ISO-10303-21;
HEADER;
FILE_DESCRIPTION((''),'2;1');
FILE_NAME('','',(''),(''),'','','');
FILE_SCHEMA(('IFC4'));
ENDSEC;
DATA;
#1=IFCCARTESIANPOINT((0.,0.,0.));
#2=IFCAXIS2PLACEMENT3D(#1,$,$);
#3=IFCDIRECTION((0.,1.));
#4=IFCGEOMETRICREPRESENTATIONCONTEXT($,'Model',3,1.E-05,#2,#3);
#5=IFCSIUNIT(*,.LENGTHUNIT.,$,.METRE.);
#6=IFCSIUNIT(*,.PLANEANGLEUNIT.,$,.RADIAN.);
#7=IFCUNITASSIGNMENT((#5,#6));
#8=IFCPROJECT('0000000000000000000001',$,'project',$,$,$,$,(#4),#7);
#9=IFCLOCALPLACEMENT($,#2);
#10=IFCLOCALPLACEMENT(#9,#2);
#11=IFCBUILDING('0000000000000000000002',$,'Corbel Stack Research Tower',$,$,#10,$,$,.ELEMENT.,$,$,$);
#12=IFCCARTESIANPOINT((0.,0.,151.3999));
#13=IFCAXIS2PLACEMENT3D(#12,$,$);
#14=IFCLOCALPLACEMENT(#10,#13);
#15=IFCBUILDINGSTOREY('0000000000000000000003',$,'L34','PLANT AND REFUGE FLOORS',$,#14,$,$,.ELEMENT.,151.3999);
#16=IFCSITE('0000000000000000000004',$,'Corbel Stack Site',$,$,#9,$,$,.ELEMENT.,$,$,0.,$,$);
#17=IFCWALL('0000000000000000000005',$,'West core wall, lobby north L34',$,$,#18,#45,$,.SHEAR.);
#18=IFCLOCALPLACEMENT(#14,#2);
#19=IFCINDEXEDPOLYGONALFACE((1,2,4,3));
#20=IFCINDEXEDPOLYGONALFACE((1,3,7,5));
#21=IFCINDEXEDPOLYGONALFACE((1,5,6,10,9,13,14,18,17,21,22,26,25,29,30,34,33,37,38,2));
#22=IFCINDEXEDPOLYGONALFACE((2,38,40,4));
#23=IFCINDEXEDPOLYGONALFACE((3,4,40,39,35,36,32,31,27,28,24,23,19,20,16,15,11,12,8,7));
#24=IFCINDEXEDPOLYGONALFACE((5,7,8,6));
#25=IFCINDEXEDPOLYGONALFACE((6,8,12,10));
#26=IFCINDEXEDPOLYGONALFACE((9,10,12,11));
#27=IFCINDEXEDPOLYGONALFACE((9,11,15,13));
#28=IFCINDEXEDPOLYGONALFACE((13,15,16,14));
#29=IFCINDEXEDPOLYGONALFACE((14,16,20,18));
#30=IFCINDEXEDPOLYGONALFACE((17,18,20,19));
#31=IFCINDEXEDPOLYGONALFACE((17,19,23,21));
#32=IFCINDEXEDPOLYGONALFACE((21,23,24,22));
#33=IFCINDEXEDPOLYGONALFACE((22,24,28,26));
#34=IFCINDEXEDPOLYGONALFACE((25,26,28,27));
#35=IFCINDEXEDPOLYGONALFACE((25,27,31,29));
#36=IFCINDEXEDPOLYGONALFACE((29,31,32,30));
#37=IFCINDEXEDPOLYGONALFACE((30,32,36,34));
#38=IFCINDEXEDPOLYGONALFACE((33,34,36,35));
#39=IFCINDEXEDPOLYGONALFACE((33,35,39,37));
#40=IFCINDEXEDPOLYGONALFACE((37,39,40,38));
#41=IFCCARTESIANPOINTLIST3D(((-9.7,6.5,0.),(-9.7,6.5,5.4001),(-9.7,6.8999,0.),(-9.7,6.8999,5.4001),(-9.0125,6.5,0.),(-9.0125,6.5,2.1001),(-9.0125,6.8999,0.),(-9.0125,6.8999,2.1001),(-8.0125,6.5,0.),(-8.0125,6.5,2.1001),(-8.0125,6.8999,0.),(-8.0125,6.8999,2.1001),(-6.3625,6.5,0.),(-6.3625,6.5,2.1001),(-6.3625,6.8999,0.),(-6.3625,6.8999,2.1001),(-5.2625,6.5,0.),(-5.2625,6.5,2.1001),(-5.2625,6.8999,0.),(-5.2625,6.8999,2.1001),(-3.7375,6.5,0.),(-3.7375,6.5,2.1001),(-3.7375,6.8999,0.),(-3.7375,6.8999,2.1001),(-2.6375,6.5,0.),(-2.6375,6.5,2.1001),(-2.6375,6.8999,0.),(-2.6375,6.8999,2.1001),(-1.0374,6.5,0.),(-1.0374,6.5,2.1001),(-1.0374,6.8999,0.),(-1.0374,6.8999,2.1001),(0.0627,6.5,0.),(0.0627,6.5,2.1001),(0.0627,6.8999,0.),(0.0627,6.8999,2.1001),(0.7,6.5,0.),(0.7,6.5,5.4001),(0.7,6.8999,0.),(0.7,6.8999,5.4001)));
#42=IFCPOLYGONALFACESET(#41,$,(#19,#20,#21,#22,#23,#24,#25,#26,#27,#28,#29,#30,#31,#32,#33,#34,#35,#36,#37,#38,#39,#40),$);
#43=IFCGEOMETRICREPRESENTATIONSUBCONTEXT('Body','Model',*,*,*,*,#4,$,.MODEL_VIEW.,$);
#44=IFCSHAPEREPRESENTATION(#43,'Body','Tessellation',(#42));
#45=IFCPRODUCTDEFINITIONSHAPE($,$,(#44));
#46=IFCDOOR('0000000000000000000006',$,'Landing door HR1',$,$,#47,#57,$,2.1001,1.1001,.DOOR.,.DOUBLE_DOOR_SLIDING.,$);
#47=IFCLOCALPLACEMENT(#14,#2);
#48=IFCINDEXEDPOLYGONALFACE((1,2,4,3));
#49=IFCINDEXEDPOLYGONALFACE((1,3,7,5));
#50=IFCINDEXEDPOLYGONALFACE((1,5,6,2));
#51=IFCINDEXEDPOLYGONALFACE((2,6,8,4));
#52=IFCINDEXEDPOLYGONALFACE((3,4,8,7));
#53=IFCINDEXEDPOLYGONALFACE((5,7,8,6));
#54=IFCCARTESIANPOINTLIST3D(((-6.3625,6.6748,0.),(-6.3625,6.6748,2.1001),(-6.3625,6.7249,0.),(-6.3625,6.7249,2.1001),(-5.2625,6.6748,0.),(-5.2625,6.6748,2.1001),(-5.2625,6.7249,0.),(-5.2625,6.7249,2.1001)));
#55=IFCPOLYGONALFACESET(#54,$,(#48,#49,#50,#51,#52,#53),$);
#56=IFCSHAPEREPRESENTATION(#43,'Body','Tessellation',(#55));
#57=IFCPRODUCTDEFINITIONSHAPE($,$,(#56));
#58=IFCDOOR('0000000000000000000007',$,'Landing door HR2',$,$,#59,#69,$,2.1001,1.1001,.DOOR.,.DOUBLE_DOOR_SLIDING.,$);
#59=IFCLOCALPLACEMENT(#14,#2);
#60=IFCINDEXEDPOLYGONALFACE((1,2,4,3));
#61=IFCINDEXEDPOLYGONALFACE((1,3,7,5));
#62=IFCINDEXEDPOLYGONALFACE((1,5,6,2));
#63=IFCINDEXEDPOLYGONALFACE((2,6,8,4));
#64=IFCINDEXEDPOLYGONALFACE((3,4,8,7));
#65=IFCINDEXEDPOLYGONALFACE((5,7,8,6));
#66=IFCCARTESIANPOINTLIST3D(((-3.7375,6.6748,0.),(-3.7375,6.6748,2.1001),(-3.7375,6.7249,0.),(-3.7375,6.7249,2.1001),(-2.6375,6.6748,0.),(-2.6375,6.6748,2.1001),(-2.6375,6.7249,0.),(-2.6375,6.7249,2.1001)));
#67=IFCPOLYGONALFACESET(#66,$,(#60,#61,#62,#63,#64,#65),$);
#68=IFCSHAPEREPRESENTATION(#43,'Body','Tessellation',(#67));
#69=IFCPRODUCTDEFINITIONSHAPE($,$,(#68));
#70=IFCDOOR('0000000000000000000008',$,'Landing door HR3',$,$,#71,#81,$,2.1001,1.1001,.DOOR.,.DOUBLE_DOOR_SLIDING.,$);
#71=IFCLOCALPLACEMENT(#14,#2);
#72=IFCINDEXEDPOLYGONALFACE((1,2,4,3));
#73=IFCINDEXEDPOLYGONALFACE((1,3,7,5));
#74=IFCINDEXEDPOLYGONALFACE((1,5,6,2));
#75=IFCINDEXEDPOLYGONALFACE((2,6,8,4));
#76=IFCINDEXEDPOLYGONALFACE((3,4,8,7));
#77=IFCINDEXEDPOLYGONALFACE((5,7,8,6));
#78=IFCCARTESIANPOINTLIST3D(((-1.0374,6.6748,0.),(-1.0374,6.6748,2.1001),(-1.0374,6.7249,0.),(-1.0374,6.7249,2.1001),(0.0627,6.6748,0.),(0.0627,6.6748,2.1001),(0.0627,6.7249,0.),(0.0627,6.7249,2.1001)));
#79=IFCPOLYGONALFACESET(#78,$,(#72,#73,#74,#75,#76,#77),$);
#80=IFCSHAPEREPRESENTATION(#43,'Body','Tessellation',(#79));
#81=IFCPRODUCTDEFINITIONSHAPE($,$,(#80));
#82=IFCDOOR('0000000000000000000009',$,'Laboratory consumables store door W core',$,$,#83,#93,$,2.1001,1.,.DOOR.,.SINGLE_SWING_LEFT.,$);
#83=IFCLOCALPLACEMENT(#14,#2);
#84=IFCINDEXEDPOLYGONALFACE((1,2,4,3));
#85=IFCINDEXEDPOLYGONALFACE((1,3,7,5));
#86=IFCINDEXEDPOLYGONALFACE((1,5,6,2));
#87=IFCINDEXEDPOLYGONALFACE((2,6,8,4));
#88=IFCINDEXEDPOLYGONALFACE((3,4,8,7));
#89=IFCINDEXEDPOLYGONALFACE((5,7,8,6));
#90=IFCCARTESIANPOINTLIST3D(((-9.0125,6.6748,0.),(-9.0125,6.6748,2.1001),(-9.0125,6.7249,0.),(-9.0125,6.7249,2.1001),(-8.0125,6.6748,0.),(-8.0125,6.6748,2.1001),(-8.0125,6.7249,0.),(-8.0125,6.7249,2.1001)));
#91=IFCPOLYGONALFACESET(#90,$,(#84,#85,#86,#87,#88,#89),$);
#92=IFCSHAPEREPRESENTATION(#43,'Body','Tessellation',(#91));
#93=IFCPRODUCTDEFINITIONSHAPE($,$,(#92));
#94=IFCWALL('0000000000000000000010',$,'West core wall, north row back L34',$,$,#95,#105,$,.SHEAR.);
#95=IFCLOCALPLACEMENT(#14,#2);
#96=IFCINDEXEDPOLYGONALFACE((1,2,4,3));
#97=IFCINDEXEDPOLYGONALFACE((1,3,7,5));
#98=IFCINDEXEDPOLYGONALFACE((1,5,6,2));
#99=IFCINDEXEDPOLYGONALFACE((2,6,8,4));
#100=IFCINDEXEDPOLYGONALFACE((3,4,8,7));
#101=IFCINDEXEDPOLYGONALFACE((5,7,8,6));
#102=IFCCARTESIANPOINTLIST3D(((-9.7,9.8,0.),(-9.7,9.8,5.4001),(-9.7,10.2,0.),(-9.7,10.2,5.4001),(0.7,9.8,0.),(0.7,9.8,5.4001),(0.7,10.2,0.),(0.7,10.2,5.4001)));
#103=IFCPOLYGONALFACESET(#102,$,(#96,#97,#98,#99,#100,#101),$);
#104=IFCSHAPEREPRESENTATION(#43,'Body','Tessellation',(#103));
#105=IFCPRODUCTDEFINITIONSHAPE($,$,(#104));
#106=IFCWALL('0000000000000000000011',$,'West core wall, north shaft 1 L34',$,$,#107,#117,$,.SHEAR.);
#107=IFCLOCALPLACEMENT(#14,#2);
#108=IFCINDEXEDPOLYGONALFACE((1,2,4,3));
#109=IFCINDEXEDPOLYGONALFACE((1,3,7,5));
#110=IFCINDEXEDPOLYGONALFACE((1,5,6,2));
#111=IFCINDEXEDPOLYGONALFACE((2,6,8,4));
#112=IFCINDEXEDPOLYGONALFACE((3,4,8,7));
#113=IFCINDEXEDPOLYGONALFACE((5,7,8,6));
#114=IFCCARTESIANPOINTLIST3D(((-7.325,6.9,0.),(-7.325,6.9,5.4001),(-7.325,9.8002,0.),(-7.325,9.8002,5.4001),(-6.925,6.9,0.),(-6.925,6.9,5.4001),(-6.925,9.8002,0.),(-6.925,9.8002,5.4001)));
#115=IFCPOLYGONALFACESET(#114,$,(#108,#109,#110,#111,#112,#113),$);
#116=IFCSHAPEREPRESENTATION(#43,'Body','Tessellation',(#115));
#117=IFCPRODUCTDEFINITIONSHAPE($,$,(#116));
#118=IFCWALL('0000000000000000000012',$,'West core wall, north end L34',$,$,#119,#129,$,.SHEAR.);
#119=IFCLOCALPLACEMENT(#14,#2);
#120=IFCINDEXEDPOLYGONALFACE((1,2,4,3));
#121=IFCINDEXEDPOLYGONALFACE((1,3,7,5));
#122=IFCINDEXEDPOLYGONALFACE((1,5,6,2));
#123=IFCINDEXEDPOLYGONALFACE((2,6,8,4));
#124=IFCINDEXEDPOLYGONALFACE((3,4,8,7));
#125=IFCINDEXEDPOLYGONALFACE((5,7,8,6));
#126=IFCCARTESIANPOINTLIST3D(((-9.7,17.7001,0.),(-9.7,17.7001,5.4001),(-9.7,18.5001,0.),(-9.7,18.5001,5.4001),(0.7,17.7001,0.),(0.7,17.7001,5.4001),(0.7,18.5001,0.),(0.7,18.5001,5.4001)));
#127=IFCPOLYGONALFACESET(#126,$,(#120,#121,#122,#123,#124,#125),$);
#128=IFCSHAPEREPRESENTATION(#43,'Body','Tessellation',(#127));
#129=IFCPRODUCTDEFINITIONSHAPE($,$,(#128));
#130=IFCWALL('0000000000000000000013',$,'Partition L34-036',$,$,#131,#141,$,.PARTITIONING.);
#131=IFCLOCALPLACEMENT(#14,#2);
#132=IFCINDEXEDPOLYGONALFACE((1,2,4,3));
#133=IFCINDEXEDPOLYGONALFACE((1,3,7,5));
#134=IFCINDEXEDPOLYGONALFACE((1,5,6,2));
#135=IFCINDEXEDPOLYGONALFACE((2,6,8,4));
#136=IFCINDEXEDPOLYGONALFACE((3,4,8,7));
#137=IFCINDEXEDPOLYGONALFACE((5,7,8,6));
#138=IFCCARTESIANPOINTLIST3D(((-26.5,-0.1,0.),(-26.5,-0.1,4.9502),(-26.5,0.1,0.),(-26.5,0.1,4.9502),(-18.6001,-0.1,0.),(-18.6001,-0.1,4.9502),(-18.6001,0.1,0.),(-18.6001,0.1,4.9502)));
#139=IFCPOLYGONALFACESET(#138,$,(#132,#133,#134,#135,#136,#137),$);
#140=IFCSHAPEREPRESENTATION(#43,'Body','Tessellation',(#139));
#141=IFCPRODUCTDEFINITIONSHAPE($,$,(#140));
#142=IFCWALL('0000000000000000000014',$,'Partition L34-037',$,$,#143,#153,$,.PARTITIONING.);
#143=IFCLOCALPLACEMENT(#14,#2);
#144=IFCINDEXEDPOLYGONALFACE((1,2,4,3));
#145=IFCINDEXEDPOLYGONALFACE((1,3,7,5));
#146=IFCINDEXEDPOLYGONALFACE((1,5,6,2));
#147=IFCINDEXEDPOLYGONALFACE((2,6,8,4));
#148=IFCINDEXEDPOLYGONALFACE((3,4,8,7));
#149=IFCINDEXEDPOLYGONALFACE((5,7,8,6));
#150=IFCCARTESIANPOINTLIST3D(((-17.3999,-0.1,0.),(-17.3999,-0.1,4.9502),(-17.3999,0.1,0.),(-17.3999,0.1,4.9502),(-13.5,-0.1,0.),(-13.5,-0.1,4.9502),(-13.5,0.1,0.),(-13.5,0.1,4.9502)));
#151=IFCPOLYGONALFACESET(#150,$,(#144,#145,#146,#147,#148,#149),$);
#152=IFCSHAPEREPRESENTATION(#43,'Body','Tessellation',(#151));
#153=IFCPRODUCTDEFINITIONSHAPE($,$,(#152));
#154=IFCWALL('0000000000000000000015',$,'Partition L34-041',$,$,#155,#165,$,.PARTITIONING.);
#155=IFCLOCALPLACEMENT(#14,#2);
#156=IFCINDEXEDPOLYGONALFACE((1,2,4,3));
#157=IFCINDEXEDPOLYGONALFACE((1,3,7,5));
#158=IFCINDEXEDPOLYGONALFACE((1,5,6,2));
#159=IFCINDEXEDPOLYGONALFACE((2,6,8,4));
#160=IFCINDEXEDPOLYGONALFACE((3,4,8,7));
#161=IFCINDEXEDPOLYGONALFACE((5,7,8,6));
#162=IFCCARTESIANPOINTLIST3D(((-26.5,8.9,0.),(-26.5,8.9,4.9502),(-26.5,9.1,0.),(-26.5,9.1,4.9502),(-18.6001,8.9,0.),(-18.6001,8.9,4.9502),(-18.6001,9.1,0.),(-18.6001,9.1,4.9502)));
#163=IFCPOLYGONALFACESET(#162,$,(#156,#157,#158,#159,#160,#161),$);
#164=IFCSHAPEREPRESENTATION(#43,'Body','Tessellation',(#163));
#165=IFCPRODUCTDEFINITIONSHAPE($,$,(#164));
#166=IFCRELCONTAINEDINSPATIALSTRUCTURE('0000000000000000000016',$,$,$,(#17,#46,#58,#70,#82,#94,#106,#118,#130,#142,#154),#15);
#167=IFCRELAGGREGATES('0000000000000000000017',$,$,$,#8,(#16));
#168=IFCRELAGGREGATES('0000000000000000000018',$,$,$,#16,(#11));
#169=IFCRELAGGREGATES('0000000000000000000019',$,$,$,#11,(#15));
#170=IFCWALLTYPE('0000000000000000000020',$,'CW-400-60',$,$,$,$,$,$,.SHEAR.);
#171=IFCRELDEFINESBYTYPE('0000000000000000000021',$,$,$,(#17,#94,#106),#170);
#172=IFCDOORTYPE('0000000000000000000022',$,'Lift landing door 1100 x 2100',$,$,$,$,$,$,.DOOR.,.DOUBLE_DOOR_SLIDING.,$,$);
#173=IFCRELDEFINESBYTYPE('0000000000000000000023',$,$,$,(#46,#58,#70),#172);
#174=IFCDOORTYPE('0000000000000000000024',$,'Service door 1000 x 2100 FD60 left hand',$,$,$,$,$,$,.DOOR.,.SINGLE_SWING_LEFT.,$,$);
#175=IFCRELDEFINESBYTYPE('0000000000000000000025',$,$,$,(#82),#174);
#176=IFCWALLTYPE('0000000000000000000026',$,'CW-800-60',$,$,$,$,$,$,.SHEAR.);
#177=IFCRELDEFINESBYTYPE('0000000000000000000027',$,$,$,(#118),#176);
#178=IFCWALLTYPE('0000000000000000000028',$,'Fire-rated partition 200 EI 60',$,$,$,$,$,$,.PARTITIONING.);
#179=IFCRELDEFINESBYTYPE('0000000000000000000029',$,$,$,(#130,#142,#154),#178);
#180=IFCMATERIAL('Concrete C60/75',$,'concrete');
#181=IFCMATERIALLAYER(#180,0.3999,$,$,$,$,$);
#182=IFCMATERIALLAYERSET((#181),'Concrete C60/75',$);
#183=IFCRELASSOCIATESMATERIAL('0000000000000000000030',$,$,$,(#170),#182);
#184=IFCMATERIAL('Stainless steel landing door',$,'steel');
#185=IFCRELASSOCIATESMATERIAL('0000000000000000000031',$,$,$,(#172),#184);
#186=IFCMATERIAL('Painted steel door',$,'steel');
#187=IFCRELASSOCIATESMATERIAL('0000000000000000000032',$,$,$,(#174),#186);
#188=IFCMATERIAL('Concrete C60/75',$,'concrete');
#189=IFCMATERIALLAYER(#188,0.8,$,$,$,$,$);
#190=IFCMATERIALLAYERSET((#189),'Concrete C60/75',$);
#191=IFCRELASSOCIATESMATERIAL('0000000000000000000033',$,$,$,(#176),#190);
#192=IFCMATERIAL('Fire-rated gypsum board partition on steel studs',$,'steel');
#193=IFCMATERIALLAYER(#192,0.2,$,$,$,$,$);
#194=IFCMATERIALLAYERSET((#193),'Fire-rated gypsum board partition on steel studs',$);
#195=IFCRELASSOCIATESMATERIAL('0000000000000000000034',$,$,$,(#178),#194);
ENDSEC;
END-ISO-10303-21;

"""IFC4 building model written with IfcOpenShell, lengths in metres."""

from ifc_helpers import new_model, si_unit, direction, frame, frame_2d, origin, place, context, subcontext, project, spatial, rectangle, extrude, material, layer, layer_set, type_object, element, fill, save


model = new_model("IFC4")

# Units and contexts
model_context = context("Model", 3, precision=1e-05, world=origin(), true_north=direction((0.0, 1.0)))
body_context = subcontext(model_context, "Body", "Model", "MODEL_VIEW")
ifc_project = project(units=[si_unit("LENGTHUNIT", "METRE"), si_unit("PLANEANGLEUNIT", "RADIAN")], contexts=[model_context])

# Site, building, storey
site_placement = place(None, origin())
site = spatial("IfcSite", under=ifc_project, at=site_placement, Name="Corbel Stack Site", CompositionType="ELEMENT", RefElevation=0.0)
building_placement = place(site_placement, origin())
building = spatial("IfcBuilding", under=site, at=building_placement, Name="Corbel Stack Research Tower", CompositionType="ELEMENT")
storey_placement = place(building_placement, frame((0.0, 0.0, 151.3999)))
storey = spatial("IfcBuildingStorey", under=building, at=storey_placement, Name="L34", Description="PLANT AND REFUGE FLOORS", CompositionType="ELEMENT", Elevation=151.3999)

# Wall, openings, doors
ifc_material_1 = material(Name="Concrete C60/75", Category="concrete")
ifc_layer_1 = layer(ifc_material_1, 0.3999)
ifc_layer_set_1 = layer_set([ifc_layer_1], Name="Concrete C60/75")
wall_type_1 = type_object("IfcWallType", Name="CW-400-60", PredefinedType="SHEAR", material=ifc_layer_set_1)
ifc_material_2 = material(Name="Stainless steel landing door", Category="steel")
door_type_1 = type_object("IfcDoorType", Name="Lift landing door 1100 x 2100", OperationType="DOUBLE_DOOR_SLIDING", PredefinedType="DOOR", material=ifc_material_2)
wall_1_placement = place(storey_placement, frame((-9.7, 6.7, 0.0), z_axis=(0.0, 0.0, 1.0), x_axis=(1.0, 0.0, 0.0)))
wall_1 = element("IfcWall", 1, at=wall_1_placement, inside=storey, type_object=wall_type_1, Name="West core wall, lobby north L34", PredefinedType="SHEAR", context=body_context, shape_type="SweptSolid", body=[
    extrude(rectangle(XDim=10.3999, YDim=0.3999, at=frame_2d((5.2, 0.0))), origin(), (0.0, 0.0, 1.0), 5.4001),
])
opening_1_placement = place(wall_1_placement, frame((3.3374, 0.0, 0.0)))
opening_1 = element("IfcOpeningElement", 2, at=opening_1_placement, cuts=wall_1, PredefinedType="OPENING", context=body_context, shape_type="SweptSolid", body=[
    extrude(rectangle(XDim=1.1001, YDim=2.1001, at=frame_2d((0.55, 1.05))), frame((0.0, 0.21, 0.0), z_axis=(0.0, -1.0, 0.0), x_axis=(1.0, 0.0, 0.0)), (0.0, 0.0, 1.0), 0.4199),
])
opening_2_placement = place(wall_1_placement, frame((5.9624, 0.0, 0.0)))
opening_2 = element("IfcOpeningElement", 3, at=opening_2_placement, cuts=wall_1, PredefinedType="OPENING", context=body_context, shape_type="SweptSolid", body=[
    extrude(rectangle(XDim=1.1001, YDim=2.1001, at=frame_2d((0.55, 1.05))), frame((0.0, 0.21, 0.0), z_axis=(0.0, -1.0, 0.0), x_axis=(1.0, 0.0, 0.0)), (0.0, 0.0, 1.0), 0.4199),
])
opening_3_placement = place(wall_1_placement, frame((8.6626, 0.0, 0.0)))
opening_3 = element("IfcOpeningElement", 4, at=opening_3_placement, cuts=wall_1, PredefinedType="OPENING", context=body_context, shape_type="SweptSolid", body=[
    extrude(rectangle(XDim=1.1001, YDim=2.1001, at=frame_2d((0.55, 1.05))), frame((0.0, 0.21, 0.0), z_axis=(0.0, -1.0, 0.0), x_axis=(1.0, 0.0, 0.0)), (0.0, 0.0, 1.0), 0.4199),
])
opening_4_placement = place(wall_1_placement, frame((0.6875, 0.0, 0.0)))
opening_4 = element("IfcOpeningElement", 5, at=opening_4_placement, cuts=wall_1, PredefinedType="OPENING", context=body_context, shape_type="SweptSolid", body=[
    extrude(rectangle(XDim=1.0, YDim=2.1001, at=frame_2d((0.5, 1.05))), frame((0.0, 0.21, 0.0), z_axis=(0.0, -1.0, 0.0), x_axis=(1.0, 0.0, 0.0)), (0.0, 0.0, 1.0), 0.4199),
])
door_1_placement = place(opening_1_placement, origin())
door_1 = element("IfcDoor", 6, at=door_1_placement, inside=storey, type_object=door_type_1, Name="Landing door HR1", OperationType="DOUBLE_DOOR_SLIDING", OverallHeight=2.1001, OverallWidth=1.1001, PredefinedType="DOOR", context=body_context, shape_type="SweptSolid", body=[
    extrude(rectangle(XDim=1.1001, YDim=2.1001, at=frame_2d((0.55, 1.05))), frame((0.0, 0.0249, 0.0), z_axis=(0.0, -1.0, 0.0), x_axis=(1.0, 0.0, 0.0)), (0.0, 0.0, 1.0), 0.05),
])
fill(opening_1, door_1)
door_2_placement = place(opening_2_placement, origin())
door_2 = element("IfcDoor", 7, at=door_2_placement, inside=storey, type_object=door_type_1, Name="Landing door HR2", OperationType="DOUBLE_DOOR_SLIDING", OverallHeight=2.1001, OverallWidth=1.1001, PredefinedType="DOOR", context=body_context, shape_type="SweptSolid", body=[
    extrude(rectangle(XDim=1.1001, YDim=2.1001, at=frame_2d((0.55, 1.05))), frame((0.0, 0.0249, 0.0), z_axis=(0.0, -1.0, 0.0), x_axis=(1.0, 0.0, 0.0)), (0.0, 0.0, 1.0), 0.05),
])
fill(opening_2, door_2)
door_3_placement = place(opening_3_placement, origin())
door_3 = element("IfcDoor", 8, at=door_3_placement, inside=storey, type_object=door_type_1, Name="Landing door HR3", OperationType="DOUBLE_DOOR_SLIDING", OverallHeight=2.1001, OverallWidth=1.1001, PredefinedType="DOOR", context=body_context, shape_type="SweptSolid", body=[
    extrude(rectangle(XDim=1.1001, YDim=2.1001, at=frame_2d((0.55, 1.05))), frame((0.0, 0.0249, 0.0), z_axis=(0.0, -1.0, 0.0), x_axis=(1.0, 0.0, 0.0)), (0.0, 0.0, 1.0), 0.05),
])
fill(opening_3, door_3)
ifc_material_3 = material(Name="Painted steel door", Category="steel")
door_type_2 = type_object("IfcDoorType", Name="Service door 1000 x 2100 FD60 left hand", OperationType="SINGLE_SWING_LEFT", PredefinedType="DOOR", material=ifc_material_3)
door_4_placement = place(opening_4_placement, origin())
door_4 = element("IfcDoor", 9, at=door_4_placement, inside=storey, type_object=door_type_2, Name="Laboratory consumables store door W core", OperationType="SINGLE_SWING_LEFT", OverallHeight=2.1001, OverallWidth=1.0, PredefinedType="DOOR", context=body_context, shape_type="SweptSolid", body=[
    extrude(rectangle(XDim=1.0, YDim=2.1001, at=frame_2d((0.5, 1.05))), frame((0.0, 0.0249, 0.0), z_axis=(0.0, -1.0, 0.0), x_axis=(1.0, 0.0, 0.0)), (0.0, 0.0, 1.0), 0.05),
])
fill(opening_4, door_4)

# Walls
wall_2_placement = place(storey_placement, frame((-9.7, 10.0, 0.0), z_axis=(0.0, 0.0, 1.0), x_axis=(1.0, 0.0, 0.0)))
element("IfcWall", 10, at=wall_2_placement, inside=storey, type_object=wall_type_1, Name="West core wall, north row back L34", PredefinedType="SHEAR", context=body_context, shape_type="SweptSolid", body=[
    extrude(rectangle(XDim=10.3999, YDim=0.3999, at=frame_2d((5.2, 0.0))), origin(), (0.0, 0.0, 1.0), 5.4001),
])
wall_3_placement = place(storey_placement, frame((-7.125, 6.8999, 0.0), z_axis=(0.0, 0.0, 1.0), x_axis=(0.0, 1.0, 0.0)))
element("IfcWall", 11, at=wall_3_placement, inside=storey, type_object=wall_type_1, Name="West core wall, north shaft 1 L34", PredefinedType="SHEAR", context=body_context, shape_type="SweptSolid", body=[
    extrude(rectangle(XDim=2.9001, YDim=0.3999, at=frame_2d((1.4502, 0.0))), origin(), (0.0, 0.0, 1.0), 5.4001),
])
ifc_material_4 = material(Name="Concrete C60/75", Category="concrete")
ifc_layer_2 = layer(ifc_material_4, 0.8)
ifc_layer_set_2 = layer_set([ifc_layer_2], Name="Concrete C60/75")
wall_type_2 = type_object("IfcWallType", Name="CW-800-60", PredefinedType="SHEAR", material=ifc_layer_set_2)
wall_4_placement = place(storey_placement, frame((-9.7, 18.1001, 0.0), z_axis=(0.0, 0.0, 1.0), x_axis=(1.0, 0.0, 0.0)))
element("IfcWall", 12, at=wall_4_placement, inside=storey, type_object=wall_type_2, Name="West core wall, north end L34", PredefinedType="SHEAR", context=body_context, shape_type="SweptSolid", body=[
    extrude(rectangle(XDim=10.3999, YDim=0.8, at=frame_2d((5.2, 0.0))), origin(), (0.0, 0.0, 1.0), 5.4001),
])
ifc_material_5 = material(Name="Fire-rated gypsum board partition on steel studs", Category="steel")
ifc_layer_3 = layer(ifc_material_5, 0.2)
ifc_layer_set_3 = layer_set([ifc_layer_3], Name="Fire-rated gypsum board partition on steel studs")
wall_type_3 = type_object("IfcWallType", Name="Fire-rated partition 200 EI 60", PredefinedType="PARTITIONING", material=ifc_layer_set_3)
wall_5_placement = place(storey_placement, frame((-26.5, 0.0, 0.0), z_axis=(0.0, 0.0, 1.0), x_axis=(1.0, 0.0, 0.0)))
element("IfcWall", 13, at=wall_5_placement, inside=storey, type_object=wall_type_3, Name="Partition L34-036", PredefinedType="PARTITIONING", context=body_context, shape_type="SweptSolid", body=[
    extrude(rectangle(XDim=7.8999, YDim=0.2, at=frame_2d((3.95, 0.0))), origin(), (0.0, 0.0, 1.0), 4.9502),
])
wall_6_placement = place(storey_placement, frame((-17.3999, 0.0, 0.0), z_axis=(0.0, 0.0, 1.0), x_axis=(1.0, 0.0, 0.0)))
element("IfcWall", 14, at=wall_6_placement, inside=storey, type_object=wall_type_3, Name="Partition L34-037", PredefinedType="PARTITIONING", context=body_context, shape_type="SweptSolid", body=[
    extrude(rectangle(XDim=3.8999, YDim=0.2, at=frame_2d((1.95, 0.0))), origin(), (0.0, 0.0, 1.0), 4.9502),
])
wall_7_placement = place(storey_placement, frame((-26.5, 9.0, 0.0), z_axis=(0.0, 0.0, 1.0), x_axis=(1.0, 0.0, 0.0)))
element("IfcWall", 15, at=wall_7_placement, inside=storey, type_object=wall_type_3, Name="Partition L34-041", PredefinedType="PARTITIONING", context=body_context, shape_type="SweptSolid", body=[
    extrude(rectangle(XDim=7.8999, YDim=0.2, at=frame_2d((3.95, 0.0))), origin(), (0.0, 0.0, 1.0), 4.9502),
])

save(model, "model.ifc")
